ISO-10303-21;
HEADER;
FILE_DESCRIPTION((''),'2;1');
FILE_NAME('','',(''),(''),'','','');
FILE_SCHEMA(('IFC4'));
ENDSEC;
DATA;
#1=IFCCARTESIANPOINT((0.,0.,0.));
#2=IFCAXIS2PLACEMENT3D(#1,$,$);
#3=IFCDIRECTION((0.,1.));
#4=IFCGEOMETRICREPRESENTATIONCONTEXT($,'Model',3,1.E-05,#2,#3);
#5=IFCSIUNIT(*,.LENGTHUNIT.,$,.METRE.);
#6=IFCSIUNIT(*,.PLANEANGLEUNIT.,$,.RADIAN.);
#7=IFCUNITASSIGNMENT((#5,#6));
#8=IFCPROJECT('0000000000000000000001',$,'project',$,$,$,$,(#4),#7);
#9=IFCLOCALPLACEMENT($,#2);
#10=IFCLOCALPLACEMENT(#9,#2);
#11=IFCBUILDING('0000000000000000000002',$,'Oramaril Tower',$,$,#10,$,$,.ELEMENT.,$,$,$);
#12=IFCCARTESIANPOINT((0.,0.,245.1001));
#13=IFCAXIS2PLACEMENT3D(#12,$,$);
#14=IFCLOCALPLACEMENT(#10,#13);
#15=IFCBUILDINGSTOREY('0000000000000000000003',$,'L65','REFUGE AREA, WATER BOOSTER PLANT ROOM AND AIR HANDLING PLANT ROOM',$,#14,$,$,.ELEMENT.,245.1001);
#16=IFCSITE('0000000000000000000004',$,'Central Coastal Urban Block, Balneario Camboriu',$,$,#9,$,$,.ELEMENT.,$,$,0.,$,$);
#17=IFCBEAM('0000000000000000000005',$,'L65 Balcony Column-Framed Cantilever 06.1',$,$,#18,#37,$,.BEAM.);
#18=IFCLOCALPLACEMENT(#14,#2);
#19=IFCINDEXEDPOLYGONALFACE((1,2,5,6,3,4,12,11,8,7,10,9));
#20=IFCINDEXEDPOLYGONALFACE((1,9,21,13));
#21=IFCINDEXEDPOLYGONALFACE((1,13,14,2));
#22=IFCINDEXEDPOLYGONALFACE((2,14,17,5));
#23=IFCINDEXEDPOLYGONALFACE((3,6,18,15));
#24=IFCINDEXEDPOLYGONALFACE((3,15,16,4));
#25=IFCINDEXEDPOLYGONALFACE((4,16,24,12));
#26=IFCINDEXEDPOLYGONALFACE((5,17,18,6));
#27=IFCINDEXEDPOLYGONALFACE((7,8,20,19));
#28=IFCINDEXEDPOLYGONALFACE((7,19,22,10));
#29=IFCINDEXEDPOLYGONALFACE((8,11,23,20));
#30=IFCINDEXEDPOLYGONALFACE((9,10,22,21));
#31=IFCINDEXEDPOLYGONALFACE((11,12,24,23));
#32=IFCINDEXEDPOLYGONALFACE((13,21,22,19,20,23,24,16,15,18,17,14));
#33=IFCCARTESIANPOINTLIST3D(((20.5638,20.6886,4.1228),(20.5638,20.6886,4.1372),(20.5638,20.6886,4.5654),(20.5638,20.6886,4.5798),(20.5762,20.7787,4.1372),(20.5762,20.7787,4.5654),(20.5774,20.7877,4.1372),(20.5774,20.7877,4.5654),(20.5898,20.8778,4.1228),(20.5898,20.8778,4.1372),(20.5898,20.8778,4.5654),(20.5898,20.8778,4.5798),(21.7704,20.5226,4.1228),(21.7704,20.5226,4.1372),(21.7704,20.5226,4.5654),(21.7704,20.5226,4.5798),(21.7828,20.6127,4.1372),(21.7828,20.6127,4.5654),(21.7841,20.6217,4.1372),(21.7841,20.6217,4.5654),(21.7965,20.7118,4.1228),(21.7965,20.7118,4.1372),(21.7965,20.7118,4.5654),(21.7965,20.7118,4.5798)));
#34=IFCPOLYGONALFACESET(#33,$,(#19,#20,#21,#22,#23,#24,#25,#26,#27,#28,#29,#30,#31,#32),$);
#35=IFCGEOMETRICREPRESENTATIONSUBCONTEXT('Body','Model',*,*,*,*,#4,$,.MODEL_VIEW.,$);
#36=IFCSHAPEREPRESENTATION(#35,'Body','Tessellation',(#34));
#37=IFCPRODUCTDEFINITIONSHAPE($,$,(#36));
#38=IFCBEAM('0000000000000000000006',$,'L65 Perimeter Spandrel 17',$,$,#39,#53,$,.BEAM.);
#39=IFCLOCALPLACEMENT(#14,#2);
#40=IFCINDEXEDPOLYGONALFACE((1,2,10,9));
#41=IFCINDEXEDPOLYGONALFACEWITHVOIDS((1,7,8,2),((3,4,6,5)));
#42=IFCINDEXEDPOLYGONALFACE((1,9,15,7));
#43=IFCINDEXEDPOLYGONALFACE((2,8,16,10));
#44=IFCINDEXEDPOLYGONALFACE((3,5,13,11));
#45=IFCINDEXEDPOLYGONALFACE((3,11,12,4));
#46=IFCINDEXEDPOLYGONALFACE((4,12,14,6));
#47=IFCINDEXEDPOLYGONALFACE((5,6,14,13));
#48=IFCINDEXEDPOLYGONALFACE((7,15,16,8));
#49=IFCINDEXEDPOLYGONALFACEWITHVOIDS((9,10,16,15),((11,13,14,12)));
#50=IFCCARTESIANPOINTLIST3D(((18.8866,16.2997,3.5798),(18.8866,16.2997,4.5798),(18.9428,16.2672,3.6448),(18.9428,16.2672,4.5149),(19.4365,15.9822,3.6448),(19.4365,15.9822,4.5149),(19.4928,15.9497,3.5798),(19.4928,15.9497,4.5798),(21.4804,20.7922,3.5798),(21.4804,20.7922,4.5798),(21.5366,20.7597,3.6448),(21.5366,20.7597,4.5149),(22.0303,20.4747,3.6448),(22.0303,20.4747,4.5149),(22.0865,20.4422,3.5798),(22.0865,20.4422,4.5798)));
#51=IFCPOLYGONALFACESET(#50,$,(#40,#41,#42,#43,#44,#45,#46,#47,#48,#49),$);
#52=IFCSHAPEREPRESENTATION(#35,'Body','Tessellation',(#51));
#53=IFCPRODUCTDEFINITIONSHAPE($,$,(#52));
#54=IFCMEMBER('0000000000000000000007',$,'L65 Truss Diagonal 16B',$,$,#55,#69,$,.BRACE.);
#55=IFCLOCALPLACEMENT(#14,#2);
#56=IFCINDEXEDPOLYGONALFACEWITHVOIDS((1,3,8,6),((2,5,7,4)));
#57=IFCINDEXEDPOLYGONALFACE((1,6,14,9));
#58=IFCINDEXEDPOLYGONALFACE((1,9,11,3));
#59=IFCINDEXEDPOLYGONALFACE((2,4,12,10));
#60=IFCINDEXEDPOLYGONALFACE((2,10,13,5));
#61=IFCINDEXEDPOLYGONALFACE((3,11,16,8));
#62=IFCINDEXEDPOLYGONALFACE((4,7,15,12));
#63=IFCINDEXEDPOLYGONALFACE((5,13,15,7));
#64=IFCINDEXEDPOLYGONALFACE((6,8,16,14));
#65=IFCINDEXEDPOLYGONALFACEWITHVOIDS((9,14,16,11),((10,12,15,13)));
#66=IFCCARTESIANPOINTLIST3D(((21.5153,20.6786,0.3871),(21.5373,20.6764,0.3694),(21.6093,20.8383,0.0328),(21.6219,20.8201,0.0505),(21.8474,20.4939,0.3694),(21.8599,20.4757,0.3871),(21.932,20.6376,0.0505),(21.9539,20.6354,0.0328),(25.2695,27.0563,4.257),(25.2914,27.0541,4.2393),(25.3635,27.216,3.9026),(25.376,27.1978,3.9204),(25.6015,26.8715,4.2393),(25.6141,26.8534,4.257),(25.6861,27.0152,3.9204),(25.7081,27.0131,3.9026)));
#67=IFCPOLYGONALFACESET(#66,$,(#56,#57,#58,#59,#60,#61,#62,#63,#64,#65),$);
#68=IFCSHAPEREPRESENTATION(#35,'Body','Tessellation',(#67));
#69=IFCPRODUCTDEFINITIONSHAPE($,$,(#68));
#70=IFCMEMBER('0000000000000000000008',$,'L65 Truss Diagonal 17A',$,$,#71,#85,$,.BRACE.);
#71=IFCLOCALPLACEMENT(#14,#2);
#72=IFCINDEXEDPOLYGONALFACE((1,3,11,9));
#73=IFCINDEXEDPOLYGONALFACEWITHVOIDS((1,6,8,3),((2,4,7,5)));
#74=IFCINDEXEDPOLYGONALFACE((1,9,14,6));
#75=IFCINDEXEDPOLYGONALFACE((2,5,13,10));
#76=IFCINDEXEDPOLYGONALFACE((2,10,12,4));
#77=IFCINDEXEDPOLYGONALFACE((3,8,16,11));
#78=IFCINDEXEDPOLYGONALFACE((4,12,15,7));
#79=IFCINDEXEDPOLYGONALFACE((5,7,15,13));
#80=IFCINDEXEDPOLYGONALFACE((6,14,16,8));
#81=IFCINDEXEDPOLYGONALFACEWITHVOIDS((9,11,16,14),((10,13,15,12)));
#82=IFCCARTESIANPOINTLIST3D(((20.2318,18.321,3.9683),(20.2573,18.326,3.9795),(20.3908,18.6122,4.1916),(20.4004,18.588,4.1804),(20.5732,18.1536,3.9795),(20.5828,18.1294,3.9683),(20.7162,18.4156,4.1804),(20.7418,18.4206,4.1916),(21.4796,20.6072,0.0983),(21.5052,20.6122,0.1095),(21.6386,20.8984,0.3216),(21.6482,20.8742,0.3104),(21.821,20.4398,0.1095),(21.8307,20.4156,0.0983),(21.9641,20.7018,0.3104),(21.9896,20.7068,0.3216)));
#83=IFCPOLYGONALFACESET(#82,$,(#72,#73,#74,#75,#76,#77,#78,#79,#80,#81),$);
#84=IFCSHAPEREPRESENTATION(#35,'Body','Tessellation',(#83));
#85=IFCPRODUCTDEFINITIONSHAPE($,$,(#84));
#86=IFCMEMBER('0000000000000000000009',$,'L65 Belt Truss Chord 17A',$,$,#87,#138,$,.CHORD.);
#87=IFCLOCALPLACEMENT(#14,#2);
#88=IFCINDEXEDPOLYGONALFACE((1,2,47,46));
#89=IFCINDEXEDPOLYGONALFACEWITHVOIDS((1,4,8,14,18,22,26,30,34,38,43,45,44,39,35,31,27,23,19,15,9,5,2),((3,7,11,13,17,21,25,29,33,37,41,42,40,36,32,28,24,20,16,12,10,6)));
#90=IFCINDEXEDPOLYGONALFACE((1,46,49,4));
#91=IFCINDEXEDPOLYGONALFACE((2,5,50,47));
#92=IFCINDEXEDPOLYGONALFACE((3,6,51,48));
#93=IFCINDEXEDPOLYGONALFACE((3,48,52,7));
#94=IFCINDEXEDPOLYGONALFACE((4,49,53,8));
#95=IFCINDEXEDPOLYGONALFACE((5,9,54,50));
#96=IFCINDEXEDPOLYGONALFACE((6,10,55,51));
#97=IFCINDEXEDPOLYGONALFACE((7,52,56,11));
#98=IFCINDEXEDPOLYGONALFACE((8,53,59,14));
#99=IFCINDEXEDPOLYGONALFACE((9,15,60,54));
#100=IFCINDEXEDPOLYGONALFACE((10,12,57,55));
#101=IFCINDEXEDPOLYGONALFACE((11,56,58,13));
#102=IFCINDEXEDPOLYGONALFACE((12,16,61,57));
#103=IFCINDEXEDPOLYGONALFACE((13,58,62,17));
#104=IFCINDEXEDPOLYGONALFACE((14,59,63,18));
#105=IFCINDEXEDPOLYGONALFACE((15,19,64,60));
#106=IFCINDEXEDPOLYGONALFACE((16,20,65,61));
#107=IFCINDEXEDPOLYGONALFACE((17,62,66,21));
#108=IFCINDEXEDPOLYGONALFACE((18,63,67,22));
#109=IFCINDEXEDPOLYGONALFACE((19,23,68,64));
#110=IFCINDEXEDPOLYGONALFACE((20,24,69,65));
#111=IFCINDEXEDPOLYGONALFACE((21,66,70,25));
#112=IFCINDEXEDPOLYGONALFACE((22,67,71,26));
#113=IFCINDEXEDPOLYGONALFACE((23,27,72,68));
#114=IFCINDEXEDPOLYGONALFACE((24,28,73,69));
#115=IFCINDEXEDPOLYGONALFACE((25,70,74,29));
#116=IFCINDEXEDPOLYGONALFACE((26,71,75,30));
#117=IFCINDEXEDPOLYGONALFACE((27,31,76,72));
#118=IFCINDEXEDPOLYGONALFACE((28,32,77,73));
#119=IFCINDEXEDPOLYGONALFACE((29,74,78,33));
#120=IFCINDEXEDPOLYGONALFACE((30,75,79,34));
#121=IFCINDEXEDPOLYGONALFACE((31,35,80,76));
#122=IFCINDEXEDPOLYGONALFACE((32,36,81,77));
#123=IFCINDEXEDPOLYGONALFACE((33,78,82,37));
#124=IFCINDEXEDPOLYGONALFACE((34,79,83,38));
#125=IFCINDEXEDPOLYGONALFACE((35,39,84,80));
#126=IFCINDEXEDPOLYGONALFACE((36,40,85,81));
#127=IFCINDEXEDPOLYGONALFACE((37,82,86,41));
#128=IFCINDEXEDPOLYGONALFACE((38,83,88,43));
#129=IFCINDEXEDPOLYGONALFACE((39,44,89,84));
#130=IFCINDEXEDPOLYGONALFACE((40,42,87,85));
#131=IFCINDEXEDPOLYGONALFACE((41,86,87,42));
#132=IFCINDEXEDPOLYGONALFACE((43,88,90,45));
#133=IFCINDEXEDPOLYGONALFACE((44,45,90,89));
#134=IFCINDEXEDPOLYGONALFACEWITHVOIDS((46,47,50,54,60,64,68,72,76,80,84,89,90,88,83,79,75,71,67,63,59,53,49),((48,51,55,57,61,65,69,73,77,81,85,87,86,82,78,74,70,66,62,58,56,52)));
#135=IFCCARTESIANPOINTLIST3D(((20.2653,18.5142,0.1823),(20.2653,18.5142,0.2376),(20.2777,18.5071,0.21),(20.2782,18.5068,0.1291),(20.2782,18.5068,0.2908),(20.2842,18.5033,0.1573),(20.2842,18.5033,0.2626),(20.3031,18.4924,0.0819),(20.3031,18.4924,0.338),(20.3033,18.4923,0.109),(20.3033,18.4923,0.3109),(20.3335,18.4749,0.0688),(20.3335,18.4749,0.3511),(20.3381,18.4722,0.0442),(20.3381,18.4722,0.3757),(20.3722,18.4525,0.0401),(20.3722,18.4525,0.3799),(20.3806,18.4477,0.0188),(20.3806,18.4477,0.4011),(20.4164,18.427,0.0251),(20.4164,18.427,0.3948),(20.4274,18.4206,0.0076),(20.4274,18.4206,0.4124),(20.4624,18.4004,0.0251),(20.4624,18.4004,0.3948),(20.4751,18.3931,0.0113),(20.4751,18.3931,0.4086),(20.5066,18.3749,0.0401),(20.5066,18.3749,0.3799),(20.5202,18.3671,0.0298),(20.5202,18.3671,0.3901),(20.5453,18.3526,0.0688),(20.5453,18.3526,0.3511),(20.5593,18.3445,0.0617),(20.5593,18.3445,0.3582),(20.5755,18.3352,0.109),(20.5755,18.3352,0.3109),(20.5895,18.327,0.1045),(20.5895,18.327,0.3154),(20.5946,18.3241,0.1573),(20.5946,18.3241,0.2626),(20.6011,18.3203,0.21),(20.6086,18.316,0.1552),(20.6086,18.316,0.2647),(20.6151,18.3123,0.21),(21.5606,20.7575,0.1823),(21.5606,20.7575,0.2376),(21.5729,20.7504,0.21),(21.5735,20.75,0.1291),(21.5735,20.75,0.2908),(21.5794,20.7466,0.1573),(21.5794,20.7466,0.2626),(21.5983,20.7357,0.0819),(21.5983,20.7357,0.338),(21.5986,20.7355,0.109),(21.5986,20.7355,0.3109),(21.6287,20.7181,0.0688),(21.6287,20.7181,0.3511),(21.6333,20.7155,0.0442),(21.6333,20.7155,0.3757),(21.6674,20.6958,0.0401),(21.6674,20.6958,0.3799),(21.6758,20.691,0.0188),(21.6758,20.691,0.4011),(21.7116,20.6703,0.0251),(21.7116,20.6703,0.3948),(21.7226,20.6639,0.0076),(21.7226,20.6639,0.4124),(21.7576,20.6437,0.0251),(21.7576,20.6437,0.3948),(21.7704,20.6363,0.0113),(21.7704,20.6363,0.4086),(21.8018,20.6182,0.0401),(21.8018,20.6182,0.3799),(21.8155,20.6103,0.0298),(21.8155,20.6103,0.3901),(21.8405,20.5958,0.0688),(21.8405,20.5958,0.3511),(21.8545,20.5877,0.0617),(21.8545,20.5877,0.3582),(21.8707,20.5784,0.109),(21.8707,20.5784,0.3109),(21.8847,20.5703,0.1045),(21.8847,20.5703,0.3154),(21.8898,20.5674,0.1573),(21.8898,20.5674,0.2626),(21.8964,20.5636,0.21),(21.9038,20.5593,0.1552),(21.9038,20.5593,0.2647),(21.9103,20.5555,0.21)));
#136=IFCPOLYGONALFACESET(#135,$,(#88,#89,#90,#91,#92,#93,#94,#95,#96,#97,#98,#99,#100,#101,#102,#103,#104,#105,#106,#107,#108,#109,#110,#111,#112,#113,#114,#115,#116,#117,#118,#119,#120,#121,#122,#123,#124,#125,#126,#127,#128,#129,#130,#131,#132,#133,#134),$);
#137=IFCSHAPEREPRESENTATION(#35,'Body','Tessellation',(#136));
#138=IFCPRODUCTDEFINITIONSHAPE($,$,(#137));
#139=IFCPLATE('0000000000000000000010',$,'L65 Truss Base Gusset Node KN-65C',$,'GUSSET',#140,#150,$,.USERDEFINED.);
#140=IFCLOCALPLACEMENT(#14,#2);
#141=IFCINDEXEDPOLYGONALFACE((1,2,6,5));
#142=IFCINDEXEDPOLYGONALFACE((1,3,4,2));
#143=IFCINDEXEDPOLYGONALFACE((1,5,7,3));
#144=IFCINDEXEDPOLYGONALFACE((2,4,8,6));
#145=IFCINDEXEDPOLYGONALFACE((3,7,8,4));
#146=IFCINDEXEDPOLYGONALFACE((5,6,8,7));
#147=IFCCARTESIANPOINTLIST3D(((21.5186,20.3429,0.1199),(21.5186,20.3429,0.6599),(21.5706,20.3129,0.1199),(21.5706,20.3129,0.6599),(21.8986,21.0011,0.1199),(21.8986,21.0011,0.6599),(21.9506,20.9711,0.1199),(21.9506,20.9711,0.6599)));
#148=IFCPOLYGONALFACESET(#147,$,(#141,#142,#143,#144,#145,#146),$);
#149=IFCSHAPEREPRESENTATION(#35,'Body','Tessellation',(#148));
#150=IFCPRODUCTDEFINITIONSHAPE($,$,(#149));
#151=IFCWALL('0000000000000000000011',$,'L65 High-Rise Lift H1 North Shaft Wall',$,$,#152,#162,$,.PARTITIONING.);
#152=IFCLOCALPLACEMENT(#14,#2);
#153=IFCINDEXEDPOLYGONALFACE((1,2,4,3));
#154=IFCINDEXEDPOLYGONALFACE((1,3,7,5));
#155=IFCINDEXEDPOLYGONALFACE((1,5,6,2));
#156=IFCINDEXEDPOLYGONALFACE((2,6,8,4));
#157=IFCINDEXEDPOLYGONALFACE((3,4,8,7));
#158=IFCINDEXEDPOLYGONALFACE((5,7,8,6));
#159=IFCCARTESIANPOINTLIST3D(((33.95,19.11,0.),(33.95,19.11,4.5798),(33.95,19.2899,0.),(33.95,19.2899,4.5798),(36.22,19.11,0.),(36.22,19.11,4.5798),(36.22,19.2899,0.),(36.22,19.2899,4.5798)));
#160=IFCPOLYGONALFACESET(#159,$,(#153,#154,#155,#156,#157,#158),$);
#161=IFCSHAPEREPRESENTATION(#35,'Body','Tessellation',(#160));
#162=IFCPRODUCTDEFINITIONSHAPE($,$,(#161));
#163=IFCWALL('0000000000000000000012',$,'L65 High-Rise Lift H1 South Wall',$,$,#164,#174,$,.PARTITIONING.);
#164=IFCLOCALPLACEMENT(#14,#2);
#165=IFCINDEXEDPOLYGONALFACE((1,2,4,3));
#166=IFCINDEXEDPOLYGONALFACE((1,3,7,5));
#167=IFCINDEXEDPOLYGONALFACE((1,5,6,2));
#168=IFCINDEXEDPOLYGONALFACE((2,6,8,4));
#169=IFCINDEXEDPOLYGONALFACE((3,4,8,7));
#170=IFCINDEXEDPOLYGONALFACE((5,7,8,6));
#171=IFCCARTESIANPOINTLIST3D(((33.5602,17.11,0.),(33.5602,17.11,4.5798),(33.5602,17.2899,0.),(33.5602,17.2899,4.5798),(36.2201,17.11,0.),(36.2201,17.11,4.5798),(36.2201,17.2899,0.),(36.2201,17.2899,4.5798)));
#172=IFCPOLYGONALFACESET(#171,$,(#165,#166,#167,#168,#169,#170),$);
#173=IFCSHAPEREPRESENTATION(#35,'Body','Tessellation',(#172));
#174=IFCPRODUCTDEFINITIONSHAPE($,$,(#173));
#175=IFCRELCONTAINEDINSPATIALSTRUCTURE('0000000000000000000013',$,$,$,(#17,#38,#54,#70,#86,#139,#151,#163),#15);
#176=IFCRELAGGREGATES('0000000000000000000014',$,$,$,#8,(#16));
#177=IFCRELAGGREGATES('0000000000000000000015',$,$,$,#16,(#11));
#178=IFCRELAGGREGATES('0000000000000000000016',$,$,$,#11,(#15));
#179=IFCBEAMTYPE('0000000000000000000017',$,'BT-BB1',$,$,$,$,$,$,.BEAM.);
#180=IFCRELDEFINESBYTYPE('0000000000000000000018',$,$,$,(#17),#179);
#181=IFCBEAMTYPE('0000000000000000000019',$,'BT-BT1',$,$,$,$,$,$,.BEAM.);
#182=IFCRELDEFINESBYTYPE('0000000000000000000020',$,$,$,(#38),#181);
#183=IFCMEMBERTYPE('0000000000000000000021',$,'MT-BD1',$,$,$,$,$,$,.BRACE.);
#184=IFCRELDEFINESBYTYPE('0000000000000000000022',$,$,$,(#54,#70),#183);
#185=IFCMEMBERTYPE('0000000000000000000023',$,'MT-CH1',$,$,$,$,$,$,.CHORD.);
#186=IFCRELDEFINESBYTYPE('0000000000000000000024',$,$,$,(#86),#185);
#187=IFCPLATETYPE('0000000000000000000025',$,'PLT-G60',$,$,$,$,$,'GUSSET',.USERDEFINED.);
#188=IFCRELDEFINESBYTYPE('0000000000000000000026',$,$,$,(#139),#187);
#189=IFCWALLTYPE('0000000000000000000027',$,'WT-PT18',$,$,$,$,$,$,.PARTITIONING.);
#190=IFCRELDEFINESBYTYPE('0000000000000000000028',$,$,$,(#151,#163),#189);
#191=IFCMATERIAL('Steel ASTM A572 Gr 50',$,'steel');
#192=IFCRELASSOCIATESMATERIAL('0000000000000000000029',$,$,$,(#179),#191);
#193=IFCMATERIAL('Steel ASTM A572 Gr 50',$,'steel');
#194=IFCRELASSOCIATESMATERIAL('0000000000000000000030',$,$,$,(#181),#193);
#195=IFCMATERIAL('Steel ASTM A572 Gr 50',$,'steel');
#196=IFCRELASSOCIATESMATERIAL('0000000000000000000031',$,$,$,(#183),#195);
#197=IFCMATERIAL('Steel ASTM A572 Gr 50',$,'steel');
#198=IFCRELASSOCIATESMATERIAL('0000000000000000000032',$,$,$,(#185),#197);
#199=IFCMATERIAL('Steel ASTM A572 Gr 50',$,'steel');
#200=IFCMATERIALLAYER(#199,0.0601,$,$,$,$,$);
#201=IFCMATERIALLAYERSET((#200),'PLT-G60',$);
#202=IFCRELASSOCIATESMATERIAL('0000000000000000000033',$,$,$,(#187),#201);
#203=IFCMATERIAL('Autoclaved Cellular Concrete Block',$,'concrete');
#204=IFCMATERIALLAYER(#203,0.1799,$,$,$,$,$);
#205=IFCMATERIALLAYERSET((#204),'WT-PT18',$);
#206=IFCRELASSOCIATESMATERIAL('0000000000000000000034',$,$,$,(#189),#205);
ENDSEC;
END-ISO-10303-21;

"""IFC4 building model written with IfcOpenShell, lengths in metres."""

from ifc_helpers import new_model, si_unit, direction, frame, frame_2d, origin, origin_2d, place, context, subcontext, project, spatial, rectangle, hollow_rectangle, hollow_circle, i_section, extrude, material, layer, layer_set, material_profile, profile_set, type_object, element, save


model = new_model("IFC4")

# Units and contexts
model_context = context("Model", 3, precision=1e-05, world=origin(), true_north=direction((0.0, 1.0)))
body_context = subcontext(model_context, "Body", "Model", "MODEL_VIEW")
ifc_project = project(units=[si_unit("LENGTHUNIT", "METRE"), si_unit("PLANEANGLEUNIT", "RADIAN")], contexts=[model_context])

# Site, building, storey
site_placement = place(None, origin())
site = spatial("IfcSite", under=ifc_project, at=site_placement, Name="Central Coastal Urban Block, Balneario Camboriu", CompositionType="ELEMENT", RefElevation=0.0)
building_placement = place(site_placement, origin())
building = spatial("IfcBuilding", under=site, at=building_placement, Name="Oramaril Tower", CompositionType="ELEMENT")
storey_placement = place(building_placement, frame((0.0, 0.0, 245.1001)))
storey = spatial("IfcBuildingStorey", under=building, at=storey_placement, Name="L65", Description="REFUGE AREA, WATER BOOSTER PLANT ROOM AND AIR HANDLING PLANT ROOM", CompositionType="ELEMENT", Elevation=245.1001)

# Beams
ifc_material_1 = material(Name="Steel ASTM A572 Gr 50", Category="steel")
ifc_material_profile_1 = material_profile(ifc_material_1, i_section(OverallWidth=0.1909, OverallDepth=0.457, WebThickness=0.009, FlangeThickness=0.0144, at=origin_2d()), Name="W18X50")
ifc_profile_set_1 = profile_set([ifc_material_profile_1], Name="Steel ASTM A572 Gr 50")
beam_type_1 = type_object("IfcBeamType", Name="BT-BB1", PredefinedType="BEAM", material=ifc_profile_set_1)
beam_1_placement = place(storey_placement, frame((21.7834, 20.6172, 4.3513), z_axis=(-0.990666, 0.136312, 0.0), x_axis=(-0.136312, -0.990666, 0.0)))
element("IfcBeam", 1, at=beam_1_placement, inside=storey, type_object=beam_type_1, Name="L65 Balcony Column-Framed Cantilever 06.1", PredefinedType="BEAM", context=body_context, shape_type="SweptSolid", body=[
    extrude(i_section(OverallWidth=0.1909, OverallDepth=0.457, WebThickness=0.009, FlangeThickness=0.0144, at=origin_2d()), origin(), (0.0, 0.0, 1.0), 1.218),
])
ifc_material_2 = material(Name="Steel ASTM A572 Gr 50", Category="steel")
ifc_material_profile_2 = material_profile(ifc_material_2, hollow_rectangle(XDim=0.7, YDim=1.0, WallThickness=0.0649, at=origin_2d()), Name="BOX1000X700X65")
ifc_profile_set_2 = profile_set([ifc_material_profile_2], Name="Steel ASTM A572 Gr 50")
beam_type_2 = type_object("IfcBeamType", Name="BT-BT1", PredefinedType="BEAM", material=ifc_profile_set_2)
beam_2_placement = place(storey_placement, frame((21.7834, 20.6172, 4.0798), z_axis=(-0.500006, -0.866022, 0.0), x_axis=(0.866022, -0.500006, 0.0)))
element("IfcBeam", 2, at=beam_2_placement, inside=storey, type_object=beam_type_2, Name="L65 Perimeter Spandrel 17", PredefinedType="BEAM", context=body_context, shape_type="SweptSolid", body=[
    extrude(hollow_rectangle(XDim=0.7, YDim=1.0, WallThickness=0.0649, at=origin_2d()), origin(), (0.0, 0.0, 1.0), 5.1875),
])

# Members
ifc_material_3 = material(Name="Steel ASTM A572 Gr 50", Category="steel")
ifc_material_profile_3 = material_profile(ifc_material_3, hollow_rectangle(XDim=0.3999, YDim=0.3999, WallThickness=0.02, at=origin_2d()), Name="HSS400X400X20")
ifc_profile_set_3 = profile_set([ifc_material_profile_3], Name="Steel ASTM A572 Gr 50")
member_type_1 = type_object("IfcMemberType", Name="MT-BD1", PredefinedType="BRACE", material=ifc_profile_set_3)
member_1_placement = place(storey_placement, frame((21.7346, 20.657, 0.21), z_axis=(0.449528, 0.763675, 0.463385), x_axis=(-0.861782, 0.507278, 0.0)))
element("IfcMember", 3, at=member_1_placement, inside=storey, type_object=member_type_1, Name="L65 Truss Diagonal 16B", PredefinedType="BRACE", context=body_context, shape_type="SweptSolid", body=[
    extrude(hollow_rectangle(XDim=0.3999, YDim=0.3999, WallThickness=0.02, at=origin_2d()), origin(), (0.0, 0.0, 1.0), 8.3513),
])
member_2_placement = place(storey_placement, frame((21.7346, 20.657, 0.21), z_axis=(-0.2675, -0.490093, 0.82961), x_axis=(0.877763, -0.479095, 0.0)))
element("IfcMember", 4, at=member_2_placement, inside=storey, type_object=member_type_1, Name="L65 Truss Diagonal 17A", PredefinedType="BRACE", context=body_context, shape_type="SweptSolid", body=[
    extrude(hollow_rectangle(XDim=0.3999, YDim=0.3999, WallThickness=0.02, at=origin_2d()), origin(), (0.0, 0.0, 1.0), 4.6648),
])
ifc_material_4 = material(Name="Steel ASTM A572 Gr 50", Category="steel")
ifc_material_profile_4 = material_profile(ifc_material_4, hollow_circle(Radius=0.2029, WallThickness=0.0161, at=origin_2d()), Name="CHS406X16")
ifc_profile_set_4 = profile_set([ifc_material_profile_4], Name="Steel ASTM A572 Gr 50")
member_type_2 = type_object("IfcMemberType", Name="MT-CH1", PredefinedType="CHORD", material=ifc_profile_set_4)
member_3_placement = place(storey_placement, frame((21.7346, 20.657, 0.21), z_axis=(-0.500022, -0.866013, 0.0), x_axis=(0.866013, -0.500022, 0.0)))
element("IfcMember", 5, at=member_3_placement, inside=storey, type_object=member_type_2, Name="L65 Belt Truss Chord 17A", PredefinedType="CHORD", context=body_context, shape_type="SweptSolid", body=[
    extrude(hollow_circle(Radius=0.2029, WallThickness=0.0161, at=origin_2d()), origin(), (0.0, 0.0, 1.0), 2.5903),
])

# Plate
ifc_material_5 = material(Name="Steel ASTM A572 Gr 50", Category="steel")
ifc_layer_1 = layer(ifc_material_5, 0.0601)
ifc_layer_set_1 = layer_set([ifc_layer_1], Name="PLT-G60")
plate_type = type_object("IfcPlateType", Name="PLT-G60", ElementType="GUSSET", PredefinedType="USERDEFINED", material=ifc_layer_set_1)
plate_placement = place(storey_placement, frame((21.7346, 20.657, 0.1199), z_axis=(0.0, 0.0, 1.0), x_axis=(-0.500002, -0.866025, 0.0)))
element("IfcPlate", 6, at=plate_placement, inside=storey, type_object=plate_type, Name="L65 Truss Base Gusset Node KN-65C", ObjectType="GUSSET", PredefinedType="USERDEFINED", context=body_context, shape_type="SweptSolid", body=[
    extrude(rectangle(XDim=0.76, YDim=0.0601, at=origin_2d()), origin(), (0.0, 0.0, 1.0), 0.54),
])

# Walls
ifc_material_6 = material(Name="Autoclaved Cellular Concrete Block", Category="concrete")
ifc_layer_2 = layer(ifc_material_6, 0.1799)
ifc_layer_set_2 = layer_set([ifc_layer_2], Name="WT-PT18")
wall_type_1 = type_object("IfcWallType", Name="WT-PT18", PredefinedType="PARTITIONING", material=ifc_layer_set_2)
wall_1_placement = place(storey_placement, frame((33.95, 19.2, 0.0), z_axis=(0.0, 0.0, 1.0), x_axis=(1.0, 0.0, 0.0)))
element("IfcWall", 7, at=wall_1_placement, inside=storey, type_object=wall_type_1, Name="L65 High-Rise Lift H1 North Shaft Wall", PredefinedType="PARTITIONING", context=body_context, shape_type="SweptSolid", body=[
    extrude(rectangle(XDim=2.27, YDim=0.1799, at=frame_2d((1.135, 0.0))), origin(), (0.0, 0.0, 1.0), 4.5798),
])
wall_2_placement = place(storey_placement, frame((33.5601, 17.2, 0.0), z_axis=(0.0, 0.0, 1.0), x_axis=(1.0, 0.0, 0.0)))
element("IfcWall", 8, at=wall_2_placement, inside=storey, type_object=wall_type_1, Name="L65 High-Rise Lift H1 South Wall", PredefinedType="PARTITIONING", context=body_context, shape_type="SweptSolid", body=[
    extrude(rectangle(XDim=2.6599, YDim=0.1799, at=frame_2d((1.3301, 0.0))), origin(), (0.0, 0.0, 1.0), 4.5798),
])

save(model, "model.ifc")
